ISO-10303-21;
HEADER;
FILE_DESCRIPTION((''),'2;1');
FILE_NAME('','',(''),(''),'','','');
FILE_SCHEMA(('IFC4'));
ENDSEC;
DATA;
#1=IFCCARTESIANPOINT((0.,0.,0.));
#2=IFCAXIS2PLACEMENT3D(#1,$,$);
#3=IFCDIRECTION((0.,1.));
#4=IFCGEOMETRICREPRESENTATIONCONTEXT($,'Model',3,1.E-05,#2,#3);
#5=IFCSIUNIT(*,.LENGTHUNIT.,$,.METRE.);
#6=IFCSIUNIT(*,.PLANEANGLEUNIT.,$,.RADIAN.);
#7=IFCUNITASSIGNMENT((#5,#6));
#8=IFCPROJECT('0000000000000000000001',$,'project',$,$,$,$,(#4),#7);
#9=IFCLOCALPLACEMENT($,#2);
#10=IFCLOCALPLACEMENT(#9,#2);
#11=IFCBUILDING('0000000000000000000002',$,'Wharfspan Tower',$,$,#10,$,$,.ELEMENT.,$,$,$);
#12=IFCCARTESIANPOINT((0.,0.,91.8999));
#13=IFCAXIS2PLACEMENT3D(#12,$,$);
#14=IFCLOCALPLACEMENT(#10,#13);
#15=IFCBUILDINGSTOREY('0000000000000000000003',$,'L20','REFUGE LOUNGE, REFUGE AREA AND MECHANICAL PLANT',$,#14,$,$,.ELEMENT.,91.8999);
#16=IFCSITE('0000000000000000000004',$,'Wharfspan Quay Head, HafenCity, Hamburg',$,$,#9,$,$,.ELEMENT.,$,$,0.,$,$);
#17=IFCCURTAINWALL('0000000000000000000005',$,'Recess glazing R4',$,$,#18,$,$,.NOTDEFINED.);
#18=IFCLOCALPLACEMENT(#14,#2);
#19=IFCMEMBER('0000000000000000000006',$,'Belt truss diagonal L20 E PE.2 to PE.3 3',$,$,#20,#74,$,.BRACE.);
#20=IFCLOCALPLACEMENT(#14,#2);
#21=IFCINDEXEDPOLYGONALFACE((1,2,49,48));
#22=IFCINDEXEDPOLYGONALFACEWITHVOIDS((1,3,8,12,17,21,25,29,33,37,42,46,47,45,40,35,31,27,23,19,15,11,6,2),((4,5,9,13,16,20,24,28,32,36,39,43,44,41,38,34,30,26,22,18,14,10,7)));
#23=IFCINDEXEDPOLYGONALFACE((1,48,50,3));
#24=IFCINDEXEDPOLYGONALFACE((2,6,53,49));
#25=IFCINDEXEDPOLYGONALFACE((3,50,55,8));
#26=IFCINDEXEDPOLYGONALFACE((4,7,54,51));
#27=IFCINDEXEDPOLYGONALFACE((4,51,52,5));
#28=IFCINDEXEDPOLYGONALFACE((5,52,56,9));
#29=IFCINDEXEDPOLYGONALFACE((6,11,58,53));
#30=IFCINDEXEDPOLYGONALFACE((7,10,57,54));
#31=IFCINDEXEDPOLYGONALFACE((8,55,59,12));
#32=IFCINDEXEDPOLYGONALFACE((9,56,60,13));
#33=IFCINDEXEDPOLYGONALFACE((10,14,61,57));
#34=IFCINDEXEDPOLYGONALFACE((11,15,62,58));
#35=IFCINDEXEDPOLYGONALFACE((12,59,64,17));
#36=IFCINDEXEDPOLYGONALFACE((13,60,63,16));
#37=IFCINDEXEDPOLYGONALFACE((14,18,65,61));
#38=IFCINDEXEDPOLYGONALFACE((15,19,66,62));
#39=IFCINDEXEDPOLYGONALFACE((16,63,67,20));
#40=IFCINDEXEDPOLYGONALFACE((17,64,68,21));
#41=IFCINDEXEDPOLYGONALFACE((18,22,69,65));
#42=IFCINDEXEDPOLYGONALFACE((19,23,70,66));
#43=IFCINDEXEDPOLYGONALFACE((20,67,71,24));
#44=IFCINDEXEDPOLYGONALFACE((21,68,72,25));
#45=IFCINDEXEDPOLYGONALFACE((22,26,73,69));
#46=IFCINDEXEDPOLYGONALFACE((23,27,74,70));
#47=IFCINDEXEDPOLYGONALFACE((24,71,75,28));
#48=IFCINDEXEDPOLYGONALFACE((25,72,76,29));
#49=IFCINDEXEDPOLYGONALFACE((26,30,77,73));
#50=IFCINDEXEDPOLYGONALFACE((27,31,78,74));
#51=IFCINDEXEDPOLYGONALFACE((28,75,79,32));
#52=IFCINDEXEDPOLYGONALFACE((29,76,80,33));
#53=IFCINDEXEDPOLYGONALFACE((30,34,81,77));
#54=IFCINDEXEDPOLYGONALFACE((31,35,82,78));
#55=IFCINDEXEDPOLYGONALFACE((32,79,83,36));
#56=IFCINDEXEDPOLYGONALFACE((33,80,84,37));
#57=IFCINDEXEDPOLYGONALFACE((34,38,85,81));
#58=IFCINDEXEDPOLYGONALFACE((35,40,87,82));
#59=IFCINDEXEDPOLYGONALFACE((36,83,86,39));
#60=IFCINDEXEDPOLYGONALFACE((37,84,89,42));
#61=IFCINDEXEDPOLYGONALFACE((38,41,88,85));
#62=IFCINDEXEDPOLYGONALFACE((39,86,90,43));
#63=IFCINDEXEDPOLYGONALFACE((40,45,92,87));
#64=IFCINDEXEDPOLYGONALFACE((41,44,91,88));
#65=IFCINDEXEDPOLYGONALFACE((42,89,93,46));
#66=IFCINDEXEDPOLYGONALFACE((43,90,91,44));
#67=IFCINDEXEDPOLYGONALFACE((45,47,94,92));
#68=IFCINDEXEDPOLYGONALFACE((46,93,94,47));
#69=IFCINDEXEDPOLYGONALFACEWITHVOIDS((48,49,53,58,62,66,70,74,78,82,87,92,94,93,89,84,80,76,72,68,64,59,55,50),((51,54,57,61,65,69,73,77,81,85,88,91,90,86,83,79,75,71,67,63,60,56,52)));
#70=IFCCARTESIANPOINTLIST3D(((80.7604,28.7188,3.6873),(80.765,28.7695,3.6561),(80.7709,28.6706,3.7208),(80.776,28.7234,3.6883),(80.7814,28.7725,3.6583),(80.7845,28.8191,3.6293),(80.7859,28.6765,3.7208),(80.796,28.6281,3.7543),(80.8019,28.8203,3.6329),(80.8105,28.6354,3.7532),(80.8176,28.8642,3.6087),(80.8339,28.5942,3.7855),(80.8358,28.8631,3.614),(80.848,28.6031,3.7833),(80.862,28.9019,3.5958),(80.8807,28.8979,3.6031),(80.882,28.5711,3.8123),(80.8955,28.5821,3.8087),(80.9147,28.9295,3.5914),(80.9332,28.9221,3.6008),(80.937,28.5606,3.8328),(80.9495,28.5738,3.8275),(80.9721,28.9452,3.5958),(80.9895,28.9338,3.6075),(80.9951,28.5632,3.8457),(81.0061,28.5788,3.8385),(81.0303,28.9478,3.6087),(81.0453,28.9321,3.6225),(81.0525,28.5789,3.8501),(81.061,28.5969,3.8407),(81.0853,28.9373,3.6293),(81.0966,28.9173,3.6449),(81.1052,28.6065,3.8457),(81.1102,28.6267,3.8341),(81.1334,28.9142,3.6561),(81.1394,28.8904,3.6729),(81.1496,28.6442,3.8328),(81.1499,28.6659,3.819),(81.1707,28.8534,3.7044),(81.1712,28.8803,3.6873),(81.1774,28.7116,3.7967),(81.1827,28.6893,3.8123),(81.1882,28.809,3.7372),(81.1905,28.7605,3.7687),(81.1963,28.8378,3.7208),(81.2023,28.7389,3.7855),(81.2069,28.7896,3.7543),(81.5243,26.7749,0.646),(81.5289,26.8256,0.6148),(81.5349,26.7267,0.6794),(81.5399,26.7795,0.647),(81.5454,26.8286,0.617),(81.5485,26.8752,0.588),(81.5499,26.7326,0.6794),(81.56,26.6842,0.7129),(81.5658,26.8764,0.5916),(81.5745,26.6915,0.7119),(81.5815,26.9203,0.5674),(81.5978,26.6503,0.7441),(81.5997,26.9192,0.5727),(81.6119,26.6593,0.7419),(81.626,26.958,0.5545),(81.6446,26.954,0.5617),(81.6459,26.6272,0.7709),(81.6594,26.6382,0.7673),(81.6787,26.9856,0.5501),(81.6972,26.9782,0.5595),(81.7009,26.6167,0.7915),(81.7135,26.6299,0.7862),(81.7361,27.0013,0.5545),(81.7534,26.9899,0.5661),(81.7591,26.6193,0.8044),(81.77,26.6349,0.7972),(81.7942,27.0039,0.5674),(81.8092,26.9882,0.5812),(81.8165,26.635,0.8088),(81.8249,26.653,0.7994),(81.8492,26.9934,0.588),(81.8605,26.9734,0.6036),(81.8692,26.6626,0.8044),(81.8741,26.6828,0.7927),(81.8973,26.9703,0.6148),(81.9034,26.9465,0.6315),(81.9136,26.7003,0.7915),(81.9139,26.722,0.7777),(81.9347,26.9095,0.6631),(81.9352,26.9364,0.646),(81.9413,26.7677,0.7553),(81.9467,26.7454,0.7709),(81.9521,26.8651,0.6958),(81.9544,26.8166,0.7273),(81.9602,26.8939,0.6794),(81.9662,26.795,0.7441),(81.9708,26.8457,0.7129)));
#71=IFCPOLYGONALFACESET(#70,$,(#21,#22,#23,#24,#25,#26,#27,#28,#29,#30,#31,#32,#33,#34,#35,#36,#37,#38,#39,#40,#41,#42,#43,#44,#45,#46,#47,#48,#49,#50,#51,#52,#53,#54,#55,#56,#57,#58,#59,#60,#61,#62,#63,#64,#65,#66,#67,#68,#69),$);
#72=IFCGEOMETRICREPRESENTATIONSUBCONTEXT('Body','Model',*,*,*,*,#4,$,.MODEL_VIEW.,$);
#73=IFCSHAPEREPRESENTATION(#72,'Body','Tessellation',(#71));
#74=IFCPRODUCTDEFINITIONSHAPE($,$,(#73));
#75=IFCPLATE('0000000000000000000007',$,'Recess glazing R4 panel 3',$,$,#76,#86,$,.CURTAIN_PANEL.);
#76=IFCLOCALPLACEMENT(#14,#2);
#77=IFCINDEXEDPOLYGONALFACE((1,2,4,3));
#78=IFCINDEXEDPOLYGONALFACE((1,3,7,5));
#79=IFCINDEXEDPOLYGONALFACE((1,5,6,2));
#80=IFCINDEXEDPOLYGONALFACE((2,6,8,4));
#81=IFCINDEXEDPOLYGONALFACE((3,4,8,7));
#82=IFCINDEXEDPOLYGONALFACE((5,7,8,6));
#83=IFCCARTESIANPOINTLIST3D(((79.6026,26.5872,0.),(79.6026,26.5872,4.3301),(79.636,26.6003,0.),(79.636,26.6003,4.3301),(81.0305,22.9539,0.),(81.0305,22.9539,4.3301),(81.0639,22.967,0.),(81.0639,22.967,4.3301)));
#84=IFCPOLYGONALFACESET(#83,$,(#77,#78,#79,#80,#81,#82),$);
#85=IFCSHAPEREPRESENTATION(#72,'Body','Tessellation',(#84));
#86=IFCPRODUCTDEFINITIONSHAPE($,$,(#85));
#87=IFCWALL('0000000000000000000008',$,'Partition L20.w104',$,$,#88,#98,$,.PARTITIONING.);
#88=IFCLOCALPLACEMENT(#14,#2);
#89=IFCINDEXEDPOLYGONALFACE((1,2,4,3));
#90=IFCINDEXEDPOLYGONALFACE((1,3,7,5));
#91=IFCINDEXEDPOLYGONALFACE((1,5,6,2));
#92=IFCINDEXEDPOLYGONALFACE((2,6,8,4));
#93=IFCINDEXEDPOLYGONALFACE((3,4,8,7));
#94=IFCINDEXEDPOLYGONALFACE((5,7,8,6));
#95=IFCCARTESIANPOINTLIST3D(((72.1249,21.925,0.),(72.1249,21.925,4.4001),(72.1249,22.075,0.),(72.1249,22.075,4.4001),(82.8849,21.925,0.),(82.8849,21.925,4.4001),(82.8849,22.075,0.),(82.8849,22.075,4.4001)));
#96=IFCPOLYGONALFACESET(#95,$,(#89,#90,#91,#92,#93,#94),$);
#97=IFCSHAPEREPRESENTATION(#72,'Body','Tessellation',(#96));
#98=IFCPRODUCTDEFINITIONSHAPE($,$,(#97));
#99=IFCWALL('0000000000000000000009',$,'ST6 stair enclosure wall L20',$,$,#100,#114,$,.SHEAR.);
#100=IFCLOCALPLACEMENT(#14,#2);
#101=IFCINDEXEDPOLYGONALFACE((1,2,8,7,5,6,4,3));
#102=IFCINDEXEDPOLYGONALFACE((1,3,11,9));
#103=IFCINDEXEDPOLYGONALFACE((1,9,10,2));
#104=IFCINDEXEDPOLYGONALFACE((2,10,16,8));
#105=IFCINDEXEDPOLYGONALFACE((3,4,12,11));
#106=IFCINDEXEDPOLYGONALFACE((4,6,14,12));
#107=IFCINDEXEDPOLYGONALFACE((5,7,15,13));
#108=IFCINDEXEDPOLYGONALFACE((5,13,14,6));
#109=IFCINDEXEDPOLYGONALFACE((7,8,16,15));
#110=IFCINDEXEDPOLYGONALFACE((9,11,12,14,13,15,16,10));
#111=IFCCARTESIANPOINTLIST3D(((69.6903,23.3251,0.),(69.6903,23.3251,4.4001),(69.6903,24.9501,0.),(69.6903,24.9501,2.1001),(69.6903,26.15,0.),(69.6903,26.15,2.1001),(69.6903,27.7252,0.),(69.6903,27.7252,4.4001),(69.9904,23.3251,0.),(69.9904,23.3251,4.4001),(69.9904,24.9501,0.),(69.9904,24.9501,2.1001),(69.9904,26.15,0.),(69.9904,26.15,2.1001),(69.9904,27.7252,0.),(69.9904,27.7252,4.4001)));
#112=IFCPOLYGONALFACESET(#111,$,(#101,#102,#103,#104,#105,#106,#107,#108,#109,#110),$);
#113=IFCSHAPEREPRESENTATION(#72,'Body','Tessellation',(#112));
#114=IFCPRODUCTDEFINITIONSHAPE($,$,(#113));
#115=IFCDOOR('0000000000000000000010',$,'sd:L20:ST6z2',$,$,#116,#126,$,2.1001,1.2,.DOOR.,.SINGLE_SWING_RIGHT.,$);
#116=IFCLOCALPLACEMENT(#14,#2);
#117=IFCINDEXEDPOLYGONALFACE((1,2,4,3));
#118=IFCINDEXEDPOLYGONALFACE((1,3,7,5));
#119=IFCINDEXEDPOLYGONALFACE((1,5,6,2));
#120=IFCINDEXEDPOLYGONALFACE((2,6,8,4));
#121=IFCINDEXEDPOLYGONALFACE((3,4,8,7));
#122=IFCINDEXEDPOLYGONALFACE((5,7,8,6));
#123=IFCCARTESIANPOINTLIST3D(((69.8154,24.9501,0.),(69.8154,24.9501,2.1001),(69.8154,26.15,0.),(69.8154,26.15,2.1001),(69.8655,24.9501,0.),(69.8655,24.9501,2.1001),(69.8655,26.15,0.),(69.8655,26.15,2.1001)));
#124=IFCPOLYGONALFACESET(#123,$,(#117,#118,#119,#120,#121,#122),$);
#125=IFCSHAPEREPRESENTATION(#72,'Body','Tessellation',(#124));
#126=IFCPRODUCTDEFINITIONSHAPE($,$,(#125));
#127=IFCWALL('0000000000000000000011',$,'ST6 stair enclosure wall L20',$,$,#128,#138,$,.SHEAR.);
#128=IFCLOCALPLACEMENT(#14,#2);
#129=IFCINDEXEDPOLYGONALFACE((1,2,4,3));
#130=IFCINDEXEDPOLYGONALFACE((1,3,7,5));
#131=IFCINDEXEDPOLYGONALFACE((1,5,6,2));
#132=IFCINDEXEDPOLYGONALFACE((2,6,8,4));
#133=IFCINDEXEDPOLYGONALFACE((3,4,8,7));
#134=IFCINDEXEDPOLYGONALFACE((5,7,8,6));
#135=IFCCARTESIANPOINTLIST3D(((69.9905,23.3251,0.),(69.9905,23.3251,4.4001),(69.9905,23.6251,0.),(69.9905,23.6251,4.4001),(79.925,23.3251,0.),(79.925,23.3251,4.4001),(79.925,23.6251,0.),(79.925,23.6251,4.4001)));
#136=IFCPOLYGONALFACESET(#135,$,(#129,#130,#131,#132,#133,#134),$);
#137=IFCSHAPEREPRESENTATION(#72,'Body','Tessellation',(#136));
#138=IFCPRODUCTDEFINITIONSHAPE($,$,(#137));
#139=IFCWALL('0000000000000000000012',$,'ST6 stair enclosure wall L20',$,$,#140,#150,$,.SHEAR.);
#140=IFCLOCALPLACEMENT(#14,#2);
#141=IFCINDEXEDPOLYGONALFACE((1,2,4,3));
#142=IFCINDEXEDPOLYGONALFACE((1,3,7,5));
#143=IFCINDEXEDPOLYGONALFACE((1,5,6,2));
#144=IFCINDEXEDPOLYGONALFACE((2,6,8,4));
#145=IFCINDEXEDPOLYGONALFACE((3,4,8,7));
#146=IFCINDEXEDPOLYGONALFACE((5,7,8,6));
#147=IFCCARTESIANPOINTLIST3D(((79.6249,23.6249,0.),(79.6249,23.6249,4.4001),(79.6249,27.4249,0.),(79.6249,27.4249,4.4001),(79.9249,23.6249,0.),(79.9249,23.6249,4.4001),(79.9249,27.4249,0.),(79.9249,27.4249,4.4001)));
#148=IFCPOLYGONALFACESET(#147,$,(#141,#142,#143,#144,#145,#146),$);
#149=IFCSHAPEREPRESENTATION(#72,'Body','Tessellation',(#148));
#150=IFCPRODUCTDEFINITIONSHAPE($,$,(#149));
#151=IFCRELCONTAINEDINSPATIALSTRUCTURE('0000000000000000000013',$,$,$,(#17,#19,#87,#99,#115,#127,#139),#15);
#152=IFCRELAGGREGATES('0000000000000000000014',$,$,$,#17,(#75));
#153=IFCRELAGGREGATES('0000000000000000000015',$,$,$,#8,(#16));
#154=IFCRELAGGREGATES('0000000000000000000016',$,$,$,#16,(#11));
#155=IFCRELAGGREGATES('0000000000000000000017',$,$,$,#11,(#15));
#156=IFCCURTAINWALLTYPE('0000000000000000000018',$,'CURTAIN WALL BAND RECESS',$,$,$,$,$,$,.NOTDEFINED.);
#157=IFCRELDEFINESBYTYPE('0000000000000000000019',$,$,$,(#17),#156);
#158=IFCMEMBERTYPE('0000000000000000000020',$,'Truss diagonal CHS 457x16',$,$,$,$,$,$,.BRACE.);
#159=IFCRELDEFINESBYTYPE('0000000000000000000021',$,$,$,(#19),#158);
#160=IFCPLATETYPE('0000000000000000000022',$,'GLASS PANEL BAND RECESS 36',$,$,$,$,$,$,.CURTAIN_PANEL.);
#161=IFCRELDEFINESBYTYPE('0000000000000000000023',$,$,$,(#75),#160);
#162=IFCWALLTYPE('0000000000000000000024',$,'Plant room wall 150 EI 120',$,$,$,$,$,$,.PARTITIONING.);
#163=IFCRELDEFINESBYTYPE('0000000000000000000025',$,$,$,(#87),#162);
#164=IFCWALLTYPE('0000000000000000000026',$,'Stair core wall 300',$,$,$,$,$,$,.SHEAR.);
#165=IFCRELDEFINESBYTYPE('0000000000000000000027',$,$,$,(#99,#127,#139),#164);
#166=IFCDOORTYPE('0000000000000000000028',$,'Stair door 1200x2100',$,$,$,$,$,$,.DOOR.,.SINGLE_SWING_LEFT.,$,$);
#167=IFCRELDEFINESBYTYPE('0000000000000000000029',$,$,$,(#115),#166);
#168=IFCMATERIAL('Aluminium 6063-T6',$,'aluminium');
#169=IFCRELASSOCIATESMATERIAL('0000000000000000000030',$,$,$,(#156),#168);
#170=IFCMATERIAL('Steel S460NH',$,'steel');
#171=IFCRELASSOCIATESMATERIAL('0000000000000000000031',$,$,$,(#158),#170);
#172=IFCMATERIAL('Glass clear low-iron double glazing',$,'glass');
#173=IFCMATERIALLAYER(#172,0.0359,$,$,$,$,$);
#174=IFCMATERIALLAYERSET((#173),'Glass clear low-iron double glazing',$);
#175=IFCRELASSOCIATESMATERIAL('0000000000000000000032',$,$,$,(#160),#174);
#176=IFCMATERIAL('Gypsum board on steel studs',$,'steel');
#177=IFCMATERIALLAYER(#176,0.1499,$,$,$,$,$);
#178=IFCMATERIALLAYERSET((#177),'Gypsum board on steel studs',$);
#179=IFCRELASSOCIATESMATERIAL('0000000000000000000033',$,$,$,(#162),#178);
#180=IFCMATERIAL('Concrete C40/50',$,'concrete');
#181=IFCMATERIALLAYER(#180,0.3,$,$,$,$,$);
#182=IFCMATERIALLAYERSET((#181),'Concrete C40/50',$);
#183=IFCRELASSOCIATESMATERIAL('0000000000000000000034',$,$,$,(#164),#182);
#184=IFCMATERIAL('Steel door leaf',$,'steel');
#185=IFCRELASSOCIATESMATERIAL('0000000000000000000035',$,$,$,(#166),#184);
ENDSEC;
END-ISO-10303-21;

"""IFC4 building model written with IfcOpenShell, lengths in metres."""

from ifc_helpers import new_model, si_unit, direction, frame, frame_2d, origin, origin_2d, place, context, subcontext, project, spatial, rectangle, hollow_circle, extrude, material, layer, layer_set, material_profile, profile_set, type_object, element, fill, aggregate, save


model = new_model("IFC4")

# Units and contexts
model_context = context("Model", 3, precision=1e-05, world=origin(), true_north=direction((0.0, 1.0)))
body_context = subcontext(model_context, "Body", "Model", "MODEL_VIEW")
ifc_project = project(units=[si_unit("LENGTHUNIT", "METRE"), si_unit("PLANEANGLEUNIT", "RADIAN")], contexts=[model_context])

# Site, building, storey
site_placement = place(None, origin())
site = spatial("IfcSite", under=ifc_project, at=site_placement, Name="Wharfspan Quay Head, HafenCity, Hamburg", CompositionType="ELEMENT", RefElevation=0.0)
building_placement = place(site_placement, origin())
building = spatial("IfcBuilding", under=site, at=building_placement, Name="Wharfspan Tower", CompositionType="ELEMENT")
storey_placement = place(building_placement, frame((0.0, 0.0, 91.8999)))
storey = spatial("IfcBuildingStorey", under=building, at=storey_placement, Name="L20", Description="REFUGE LOUNGE, REFUGE AREA AND MECHANICAL PLANT", CompositionType="ELEMENT", Elevation=91.8999)

# Curtain wall
ifc_material_1 = material(Name="Aluminium 6063-T6", Category="aluminium")
curtain_wall_type = type_object("IfcCurtainWallType", Name="CURTAIN WALL BAND RECESS", PredefinedType="NOTDEFINED", material=ifc_material_1)
curtain_wall_placement = place(storey_placement, origin())
curtain_wall = element("IfcCurtainWall", 1, at=curtain_wall_placement, inside=storey, type_object=curtain_wall_type, Name="Recess glazing R4", PredefinedType="NOTDEFINED")

# Member
ifc_material_2 = material(Name="Steel S460NH", Category="steel")
ifc_material_profile_1 = material_profile(ifc_material_2, hollow_circle(Radius=0.2285, WallThickness=0.0161, at=origin_2d()))
ifc_profile_set_1 = profile_set([ifc_material_profile_1], Name="Steel S460NH")
member_type_1 = type_object("IfcMemberType", Name="Truss diagonal CHS 457x16", PredefinedType="BRACE", material=ifc_profile_set_1)
for number, where, z_axis, x_axis, name in (
    (2, (81.7476, 26.8103, 0.6794), (-0.207059, 0.526879, 0.824333), (-0.930707, -0.36576, 0.0), "Belt truss diagonal L20 E PE.2 to PE.3 3"),
):
    element("IfcMember", number, at=place(storey_placement, frame(where, z_axis=z_axis, x_axis=x_axis)), inside=storey, type_object=member_type_1, Name=name, PredefinedType="BRACE", context=body_context, shape_type="SweptSolid", body=[
        extrude(hollow_circle(Radius=0.2285, WallThickness=0.0161, at=origin_2d()), origin(), (0.0, 0.0, 1.0), 3.6895),
    ])

# Plate
ifc_material_3 = material(Name="Glass clear low-iron double glazing", Category="glass")
ifc_layer_1 = layer(ifc_material_3, 0.0359)
ifc_layer_set_1 = layer_set([ifc_layer_1], Name="Glass clear low-iron double glazing")
plate_type = type_object("IfcPlateType", Name="GLASS PANEL BAND RECESS 36", PredefinedType="CURTAIN_PANEL", material=ifc_layer_set_1)
plate_placement = place(storey_placement, frame((80.3333, 24.7771, 0.0), z_axis=(0.0, 0.0, 1.0), x_axis=(0.365778, -0.930702, 0.0)))
plate = element("IfcPlate", 3, at=plate_placement, type_object=plate_type, Name="Recess glazing R4 panel 3", PredefinedType="CURTAIN_PANEL", context=body_context, shape_type="SweptSolid", body=[
    extrude(rectangle(XDim=3.9038, YDim=0.0359, at=origin_2d()), origin(), (0.0, 0.0, 1.0), 4.3301),
])
aggregate(curtain_wall, [plate])

# Wall
ifc_material_4 = material(Name="Gypsum board on steel studs", Category="steel")
ifc_layer_2 = layer(ifc_material_4, 0.1499)
ifc_layer_set_2 = layer_set([ifc_layer_2], Name="Gypsum board on steel studs")
wall_type_1 = type_object("IfcWallType", Name="Plant room wall 150 EI 120", PredefinedType="PARTITIONING", material=ifc_layer_set_2)
wall_1_placement = place(storey_placement, frame((72.125, 22.0, 0.0), z_axis=(0.0, 0.0, 1.0), x_axis=(1.0, 0.0, 0.0)))
element("IfcWall", 4, at=wall_1_placement, inside=storey, type_object=wall_type_1, Name="Partition L20.w104", PredefinedType="PARTITIONING", context=body_context, shape_type="SweptSolid", body=[
    extrude(rectangle(XDim=10.76, YDim=0.1499, at=frame_2d((5.3799, 0.0))), origin(), (0.0, 0.0, 1.0), 4.4001),
])

# Wall, opening, door
ifc_material_5 = material(Name="Concrete C40/50", Category="concrete")
ifc_layer_3 = layer(ifc_material_5, 0.3)
ifc_layer_set_3 = layer_set([ifc_layer_3], Name="Concrete C40/50")
wall_type_2 = type_object("IfcWallType", Name="Stair core wall 300", PredefinedType="SHEAR", material=ifc_layer_set_3)
wall_2_placement = place(storey_placement, frame((69.8403, 23.325, 0.0), z_axis=(0.0, 0.0, 1.0), x_axis=(0.0, 1.0, 0.0)))
wall_2 = element("IfcWall", 5, at=wall_2_placement, inside=storey, type_object=wall_type_2, Name="ST6 stair enclosure wall L20", PredefinedType="SHEAR", context=body_context, shape_type="SweptSolid", body=[
    extrude(rectangle(XDim=4.4001, YDim=0.3, at=frame_2d((2.2002, 0.0))), origin(), (0.0, 0.0, 1.0), 4.4001),
])
opening_placement = place(wall_2_placement, frame((1.625, 0.0, 0.0)))
opening = element("IfcOpeningElement", 6, at=opening_placement, cuts=wall_2, PredefinedType="OPENING", context=body_context, shape_type="SweptSolid", body=[
    extrude(rectangle(XDim=1.2, YDim=2.1001, at=frame_2d((0.6001, 1.05))), frame((0.0, 0.1599, 0.0), z_axis=(0.0, -1.0, 0.0), x_axis=(1.0, 0.0, 0.0)), (0.0, 0.0, 1.0), 0.3201),
])
ifc_material_6 = material(Name="Steel door leaf", Category="steel")
door_type = type_object("IfcDoorType", Name="Stair door 1200x2100", OperationType="SINGLE_SWING_LEFT", PredefinedType="DOOR", material=ifc_material_6)
door_placement = place(opening_placement, origin())
door = element("IfcDoor", 7, at=door_placement, inside=storey, type_object=door_type, Name="sd:L20:ST6z2", OperationType="SINGLE_SWING_RIGHT", OverallHeight=2.1001, OverallWidth=1.2, PredefinedType="DOOR", context=body_context, shape_type="SweptSolid", body=[
    extrude(rectangle(XDim=1.2, YDim=2.1001, at=frame_2d((0.6001, 1.05))), frame((0.0, 0.0249, 0.0), z_axis=(0.0, -1.0, 0.0), x_axis=(1.0, 0.0, 0.0)), (0.0, 0.0, 1.0), 0.05),
])
fill(opening, door)

# Walls
wall_3_placement = place(storey_placement, frame((69.9905, 23.4751, 0.0), z_axis=(0.0, 0.0, 1.0), x_axis=(1.0, 0.0, 0.0)))
element("IfcWall", 8, at=wall_3_placement, inside=storey, type_object=wall_type_2, Name="ST6 stair enclosure wall L20", PredefinedType="SHEAR", context=body_context, shape_type="SweptSolid", body=[
    extrude(rectangle(XDim=9.9346, YDim=0.3, at=frame_2d((4.9673, 0.0))), origin(), (0.0, 0.0, 1.0), 4.4001),
])
wall_4_placement = place(storey_placement, frame((79.7749, 23.625, 0.0), z_axis=(0.0, 0.0, 1.0), x_axis=(0.0, 1.0, 0.0)))
element("IfcWall", 9, at=wall_4_placement, inside=storey, type_object=wall_type_2, Name="ST6 stair enclosure wall L20", PredefinedType="SHEAR", context=body_context, shape_type="SweptSolid", body=[
    extrude(rectangle(XDim=3.8, YDim=0.3, at=frame_2d((1.8999, 0.0))), origin(), (0.0, 0.0, 1.0), 4.4001),
])

save(model, "model.ifc")
